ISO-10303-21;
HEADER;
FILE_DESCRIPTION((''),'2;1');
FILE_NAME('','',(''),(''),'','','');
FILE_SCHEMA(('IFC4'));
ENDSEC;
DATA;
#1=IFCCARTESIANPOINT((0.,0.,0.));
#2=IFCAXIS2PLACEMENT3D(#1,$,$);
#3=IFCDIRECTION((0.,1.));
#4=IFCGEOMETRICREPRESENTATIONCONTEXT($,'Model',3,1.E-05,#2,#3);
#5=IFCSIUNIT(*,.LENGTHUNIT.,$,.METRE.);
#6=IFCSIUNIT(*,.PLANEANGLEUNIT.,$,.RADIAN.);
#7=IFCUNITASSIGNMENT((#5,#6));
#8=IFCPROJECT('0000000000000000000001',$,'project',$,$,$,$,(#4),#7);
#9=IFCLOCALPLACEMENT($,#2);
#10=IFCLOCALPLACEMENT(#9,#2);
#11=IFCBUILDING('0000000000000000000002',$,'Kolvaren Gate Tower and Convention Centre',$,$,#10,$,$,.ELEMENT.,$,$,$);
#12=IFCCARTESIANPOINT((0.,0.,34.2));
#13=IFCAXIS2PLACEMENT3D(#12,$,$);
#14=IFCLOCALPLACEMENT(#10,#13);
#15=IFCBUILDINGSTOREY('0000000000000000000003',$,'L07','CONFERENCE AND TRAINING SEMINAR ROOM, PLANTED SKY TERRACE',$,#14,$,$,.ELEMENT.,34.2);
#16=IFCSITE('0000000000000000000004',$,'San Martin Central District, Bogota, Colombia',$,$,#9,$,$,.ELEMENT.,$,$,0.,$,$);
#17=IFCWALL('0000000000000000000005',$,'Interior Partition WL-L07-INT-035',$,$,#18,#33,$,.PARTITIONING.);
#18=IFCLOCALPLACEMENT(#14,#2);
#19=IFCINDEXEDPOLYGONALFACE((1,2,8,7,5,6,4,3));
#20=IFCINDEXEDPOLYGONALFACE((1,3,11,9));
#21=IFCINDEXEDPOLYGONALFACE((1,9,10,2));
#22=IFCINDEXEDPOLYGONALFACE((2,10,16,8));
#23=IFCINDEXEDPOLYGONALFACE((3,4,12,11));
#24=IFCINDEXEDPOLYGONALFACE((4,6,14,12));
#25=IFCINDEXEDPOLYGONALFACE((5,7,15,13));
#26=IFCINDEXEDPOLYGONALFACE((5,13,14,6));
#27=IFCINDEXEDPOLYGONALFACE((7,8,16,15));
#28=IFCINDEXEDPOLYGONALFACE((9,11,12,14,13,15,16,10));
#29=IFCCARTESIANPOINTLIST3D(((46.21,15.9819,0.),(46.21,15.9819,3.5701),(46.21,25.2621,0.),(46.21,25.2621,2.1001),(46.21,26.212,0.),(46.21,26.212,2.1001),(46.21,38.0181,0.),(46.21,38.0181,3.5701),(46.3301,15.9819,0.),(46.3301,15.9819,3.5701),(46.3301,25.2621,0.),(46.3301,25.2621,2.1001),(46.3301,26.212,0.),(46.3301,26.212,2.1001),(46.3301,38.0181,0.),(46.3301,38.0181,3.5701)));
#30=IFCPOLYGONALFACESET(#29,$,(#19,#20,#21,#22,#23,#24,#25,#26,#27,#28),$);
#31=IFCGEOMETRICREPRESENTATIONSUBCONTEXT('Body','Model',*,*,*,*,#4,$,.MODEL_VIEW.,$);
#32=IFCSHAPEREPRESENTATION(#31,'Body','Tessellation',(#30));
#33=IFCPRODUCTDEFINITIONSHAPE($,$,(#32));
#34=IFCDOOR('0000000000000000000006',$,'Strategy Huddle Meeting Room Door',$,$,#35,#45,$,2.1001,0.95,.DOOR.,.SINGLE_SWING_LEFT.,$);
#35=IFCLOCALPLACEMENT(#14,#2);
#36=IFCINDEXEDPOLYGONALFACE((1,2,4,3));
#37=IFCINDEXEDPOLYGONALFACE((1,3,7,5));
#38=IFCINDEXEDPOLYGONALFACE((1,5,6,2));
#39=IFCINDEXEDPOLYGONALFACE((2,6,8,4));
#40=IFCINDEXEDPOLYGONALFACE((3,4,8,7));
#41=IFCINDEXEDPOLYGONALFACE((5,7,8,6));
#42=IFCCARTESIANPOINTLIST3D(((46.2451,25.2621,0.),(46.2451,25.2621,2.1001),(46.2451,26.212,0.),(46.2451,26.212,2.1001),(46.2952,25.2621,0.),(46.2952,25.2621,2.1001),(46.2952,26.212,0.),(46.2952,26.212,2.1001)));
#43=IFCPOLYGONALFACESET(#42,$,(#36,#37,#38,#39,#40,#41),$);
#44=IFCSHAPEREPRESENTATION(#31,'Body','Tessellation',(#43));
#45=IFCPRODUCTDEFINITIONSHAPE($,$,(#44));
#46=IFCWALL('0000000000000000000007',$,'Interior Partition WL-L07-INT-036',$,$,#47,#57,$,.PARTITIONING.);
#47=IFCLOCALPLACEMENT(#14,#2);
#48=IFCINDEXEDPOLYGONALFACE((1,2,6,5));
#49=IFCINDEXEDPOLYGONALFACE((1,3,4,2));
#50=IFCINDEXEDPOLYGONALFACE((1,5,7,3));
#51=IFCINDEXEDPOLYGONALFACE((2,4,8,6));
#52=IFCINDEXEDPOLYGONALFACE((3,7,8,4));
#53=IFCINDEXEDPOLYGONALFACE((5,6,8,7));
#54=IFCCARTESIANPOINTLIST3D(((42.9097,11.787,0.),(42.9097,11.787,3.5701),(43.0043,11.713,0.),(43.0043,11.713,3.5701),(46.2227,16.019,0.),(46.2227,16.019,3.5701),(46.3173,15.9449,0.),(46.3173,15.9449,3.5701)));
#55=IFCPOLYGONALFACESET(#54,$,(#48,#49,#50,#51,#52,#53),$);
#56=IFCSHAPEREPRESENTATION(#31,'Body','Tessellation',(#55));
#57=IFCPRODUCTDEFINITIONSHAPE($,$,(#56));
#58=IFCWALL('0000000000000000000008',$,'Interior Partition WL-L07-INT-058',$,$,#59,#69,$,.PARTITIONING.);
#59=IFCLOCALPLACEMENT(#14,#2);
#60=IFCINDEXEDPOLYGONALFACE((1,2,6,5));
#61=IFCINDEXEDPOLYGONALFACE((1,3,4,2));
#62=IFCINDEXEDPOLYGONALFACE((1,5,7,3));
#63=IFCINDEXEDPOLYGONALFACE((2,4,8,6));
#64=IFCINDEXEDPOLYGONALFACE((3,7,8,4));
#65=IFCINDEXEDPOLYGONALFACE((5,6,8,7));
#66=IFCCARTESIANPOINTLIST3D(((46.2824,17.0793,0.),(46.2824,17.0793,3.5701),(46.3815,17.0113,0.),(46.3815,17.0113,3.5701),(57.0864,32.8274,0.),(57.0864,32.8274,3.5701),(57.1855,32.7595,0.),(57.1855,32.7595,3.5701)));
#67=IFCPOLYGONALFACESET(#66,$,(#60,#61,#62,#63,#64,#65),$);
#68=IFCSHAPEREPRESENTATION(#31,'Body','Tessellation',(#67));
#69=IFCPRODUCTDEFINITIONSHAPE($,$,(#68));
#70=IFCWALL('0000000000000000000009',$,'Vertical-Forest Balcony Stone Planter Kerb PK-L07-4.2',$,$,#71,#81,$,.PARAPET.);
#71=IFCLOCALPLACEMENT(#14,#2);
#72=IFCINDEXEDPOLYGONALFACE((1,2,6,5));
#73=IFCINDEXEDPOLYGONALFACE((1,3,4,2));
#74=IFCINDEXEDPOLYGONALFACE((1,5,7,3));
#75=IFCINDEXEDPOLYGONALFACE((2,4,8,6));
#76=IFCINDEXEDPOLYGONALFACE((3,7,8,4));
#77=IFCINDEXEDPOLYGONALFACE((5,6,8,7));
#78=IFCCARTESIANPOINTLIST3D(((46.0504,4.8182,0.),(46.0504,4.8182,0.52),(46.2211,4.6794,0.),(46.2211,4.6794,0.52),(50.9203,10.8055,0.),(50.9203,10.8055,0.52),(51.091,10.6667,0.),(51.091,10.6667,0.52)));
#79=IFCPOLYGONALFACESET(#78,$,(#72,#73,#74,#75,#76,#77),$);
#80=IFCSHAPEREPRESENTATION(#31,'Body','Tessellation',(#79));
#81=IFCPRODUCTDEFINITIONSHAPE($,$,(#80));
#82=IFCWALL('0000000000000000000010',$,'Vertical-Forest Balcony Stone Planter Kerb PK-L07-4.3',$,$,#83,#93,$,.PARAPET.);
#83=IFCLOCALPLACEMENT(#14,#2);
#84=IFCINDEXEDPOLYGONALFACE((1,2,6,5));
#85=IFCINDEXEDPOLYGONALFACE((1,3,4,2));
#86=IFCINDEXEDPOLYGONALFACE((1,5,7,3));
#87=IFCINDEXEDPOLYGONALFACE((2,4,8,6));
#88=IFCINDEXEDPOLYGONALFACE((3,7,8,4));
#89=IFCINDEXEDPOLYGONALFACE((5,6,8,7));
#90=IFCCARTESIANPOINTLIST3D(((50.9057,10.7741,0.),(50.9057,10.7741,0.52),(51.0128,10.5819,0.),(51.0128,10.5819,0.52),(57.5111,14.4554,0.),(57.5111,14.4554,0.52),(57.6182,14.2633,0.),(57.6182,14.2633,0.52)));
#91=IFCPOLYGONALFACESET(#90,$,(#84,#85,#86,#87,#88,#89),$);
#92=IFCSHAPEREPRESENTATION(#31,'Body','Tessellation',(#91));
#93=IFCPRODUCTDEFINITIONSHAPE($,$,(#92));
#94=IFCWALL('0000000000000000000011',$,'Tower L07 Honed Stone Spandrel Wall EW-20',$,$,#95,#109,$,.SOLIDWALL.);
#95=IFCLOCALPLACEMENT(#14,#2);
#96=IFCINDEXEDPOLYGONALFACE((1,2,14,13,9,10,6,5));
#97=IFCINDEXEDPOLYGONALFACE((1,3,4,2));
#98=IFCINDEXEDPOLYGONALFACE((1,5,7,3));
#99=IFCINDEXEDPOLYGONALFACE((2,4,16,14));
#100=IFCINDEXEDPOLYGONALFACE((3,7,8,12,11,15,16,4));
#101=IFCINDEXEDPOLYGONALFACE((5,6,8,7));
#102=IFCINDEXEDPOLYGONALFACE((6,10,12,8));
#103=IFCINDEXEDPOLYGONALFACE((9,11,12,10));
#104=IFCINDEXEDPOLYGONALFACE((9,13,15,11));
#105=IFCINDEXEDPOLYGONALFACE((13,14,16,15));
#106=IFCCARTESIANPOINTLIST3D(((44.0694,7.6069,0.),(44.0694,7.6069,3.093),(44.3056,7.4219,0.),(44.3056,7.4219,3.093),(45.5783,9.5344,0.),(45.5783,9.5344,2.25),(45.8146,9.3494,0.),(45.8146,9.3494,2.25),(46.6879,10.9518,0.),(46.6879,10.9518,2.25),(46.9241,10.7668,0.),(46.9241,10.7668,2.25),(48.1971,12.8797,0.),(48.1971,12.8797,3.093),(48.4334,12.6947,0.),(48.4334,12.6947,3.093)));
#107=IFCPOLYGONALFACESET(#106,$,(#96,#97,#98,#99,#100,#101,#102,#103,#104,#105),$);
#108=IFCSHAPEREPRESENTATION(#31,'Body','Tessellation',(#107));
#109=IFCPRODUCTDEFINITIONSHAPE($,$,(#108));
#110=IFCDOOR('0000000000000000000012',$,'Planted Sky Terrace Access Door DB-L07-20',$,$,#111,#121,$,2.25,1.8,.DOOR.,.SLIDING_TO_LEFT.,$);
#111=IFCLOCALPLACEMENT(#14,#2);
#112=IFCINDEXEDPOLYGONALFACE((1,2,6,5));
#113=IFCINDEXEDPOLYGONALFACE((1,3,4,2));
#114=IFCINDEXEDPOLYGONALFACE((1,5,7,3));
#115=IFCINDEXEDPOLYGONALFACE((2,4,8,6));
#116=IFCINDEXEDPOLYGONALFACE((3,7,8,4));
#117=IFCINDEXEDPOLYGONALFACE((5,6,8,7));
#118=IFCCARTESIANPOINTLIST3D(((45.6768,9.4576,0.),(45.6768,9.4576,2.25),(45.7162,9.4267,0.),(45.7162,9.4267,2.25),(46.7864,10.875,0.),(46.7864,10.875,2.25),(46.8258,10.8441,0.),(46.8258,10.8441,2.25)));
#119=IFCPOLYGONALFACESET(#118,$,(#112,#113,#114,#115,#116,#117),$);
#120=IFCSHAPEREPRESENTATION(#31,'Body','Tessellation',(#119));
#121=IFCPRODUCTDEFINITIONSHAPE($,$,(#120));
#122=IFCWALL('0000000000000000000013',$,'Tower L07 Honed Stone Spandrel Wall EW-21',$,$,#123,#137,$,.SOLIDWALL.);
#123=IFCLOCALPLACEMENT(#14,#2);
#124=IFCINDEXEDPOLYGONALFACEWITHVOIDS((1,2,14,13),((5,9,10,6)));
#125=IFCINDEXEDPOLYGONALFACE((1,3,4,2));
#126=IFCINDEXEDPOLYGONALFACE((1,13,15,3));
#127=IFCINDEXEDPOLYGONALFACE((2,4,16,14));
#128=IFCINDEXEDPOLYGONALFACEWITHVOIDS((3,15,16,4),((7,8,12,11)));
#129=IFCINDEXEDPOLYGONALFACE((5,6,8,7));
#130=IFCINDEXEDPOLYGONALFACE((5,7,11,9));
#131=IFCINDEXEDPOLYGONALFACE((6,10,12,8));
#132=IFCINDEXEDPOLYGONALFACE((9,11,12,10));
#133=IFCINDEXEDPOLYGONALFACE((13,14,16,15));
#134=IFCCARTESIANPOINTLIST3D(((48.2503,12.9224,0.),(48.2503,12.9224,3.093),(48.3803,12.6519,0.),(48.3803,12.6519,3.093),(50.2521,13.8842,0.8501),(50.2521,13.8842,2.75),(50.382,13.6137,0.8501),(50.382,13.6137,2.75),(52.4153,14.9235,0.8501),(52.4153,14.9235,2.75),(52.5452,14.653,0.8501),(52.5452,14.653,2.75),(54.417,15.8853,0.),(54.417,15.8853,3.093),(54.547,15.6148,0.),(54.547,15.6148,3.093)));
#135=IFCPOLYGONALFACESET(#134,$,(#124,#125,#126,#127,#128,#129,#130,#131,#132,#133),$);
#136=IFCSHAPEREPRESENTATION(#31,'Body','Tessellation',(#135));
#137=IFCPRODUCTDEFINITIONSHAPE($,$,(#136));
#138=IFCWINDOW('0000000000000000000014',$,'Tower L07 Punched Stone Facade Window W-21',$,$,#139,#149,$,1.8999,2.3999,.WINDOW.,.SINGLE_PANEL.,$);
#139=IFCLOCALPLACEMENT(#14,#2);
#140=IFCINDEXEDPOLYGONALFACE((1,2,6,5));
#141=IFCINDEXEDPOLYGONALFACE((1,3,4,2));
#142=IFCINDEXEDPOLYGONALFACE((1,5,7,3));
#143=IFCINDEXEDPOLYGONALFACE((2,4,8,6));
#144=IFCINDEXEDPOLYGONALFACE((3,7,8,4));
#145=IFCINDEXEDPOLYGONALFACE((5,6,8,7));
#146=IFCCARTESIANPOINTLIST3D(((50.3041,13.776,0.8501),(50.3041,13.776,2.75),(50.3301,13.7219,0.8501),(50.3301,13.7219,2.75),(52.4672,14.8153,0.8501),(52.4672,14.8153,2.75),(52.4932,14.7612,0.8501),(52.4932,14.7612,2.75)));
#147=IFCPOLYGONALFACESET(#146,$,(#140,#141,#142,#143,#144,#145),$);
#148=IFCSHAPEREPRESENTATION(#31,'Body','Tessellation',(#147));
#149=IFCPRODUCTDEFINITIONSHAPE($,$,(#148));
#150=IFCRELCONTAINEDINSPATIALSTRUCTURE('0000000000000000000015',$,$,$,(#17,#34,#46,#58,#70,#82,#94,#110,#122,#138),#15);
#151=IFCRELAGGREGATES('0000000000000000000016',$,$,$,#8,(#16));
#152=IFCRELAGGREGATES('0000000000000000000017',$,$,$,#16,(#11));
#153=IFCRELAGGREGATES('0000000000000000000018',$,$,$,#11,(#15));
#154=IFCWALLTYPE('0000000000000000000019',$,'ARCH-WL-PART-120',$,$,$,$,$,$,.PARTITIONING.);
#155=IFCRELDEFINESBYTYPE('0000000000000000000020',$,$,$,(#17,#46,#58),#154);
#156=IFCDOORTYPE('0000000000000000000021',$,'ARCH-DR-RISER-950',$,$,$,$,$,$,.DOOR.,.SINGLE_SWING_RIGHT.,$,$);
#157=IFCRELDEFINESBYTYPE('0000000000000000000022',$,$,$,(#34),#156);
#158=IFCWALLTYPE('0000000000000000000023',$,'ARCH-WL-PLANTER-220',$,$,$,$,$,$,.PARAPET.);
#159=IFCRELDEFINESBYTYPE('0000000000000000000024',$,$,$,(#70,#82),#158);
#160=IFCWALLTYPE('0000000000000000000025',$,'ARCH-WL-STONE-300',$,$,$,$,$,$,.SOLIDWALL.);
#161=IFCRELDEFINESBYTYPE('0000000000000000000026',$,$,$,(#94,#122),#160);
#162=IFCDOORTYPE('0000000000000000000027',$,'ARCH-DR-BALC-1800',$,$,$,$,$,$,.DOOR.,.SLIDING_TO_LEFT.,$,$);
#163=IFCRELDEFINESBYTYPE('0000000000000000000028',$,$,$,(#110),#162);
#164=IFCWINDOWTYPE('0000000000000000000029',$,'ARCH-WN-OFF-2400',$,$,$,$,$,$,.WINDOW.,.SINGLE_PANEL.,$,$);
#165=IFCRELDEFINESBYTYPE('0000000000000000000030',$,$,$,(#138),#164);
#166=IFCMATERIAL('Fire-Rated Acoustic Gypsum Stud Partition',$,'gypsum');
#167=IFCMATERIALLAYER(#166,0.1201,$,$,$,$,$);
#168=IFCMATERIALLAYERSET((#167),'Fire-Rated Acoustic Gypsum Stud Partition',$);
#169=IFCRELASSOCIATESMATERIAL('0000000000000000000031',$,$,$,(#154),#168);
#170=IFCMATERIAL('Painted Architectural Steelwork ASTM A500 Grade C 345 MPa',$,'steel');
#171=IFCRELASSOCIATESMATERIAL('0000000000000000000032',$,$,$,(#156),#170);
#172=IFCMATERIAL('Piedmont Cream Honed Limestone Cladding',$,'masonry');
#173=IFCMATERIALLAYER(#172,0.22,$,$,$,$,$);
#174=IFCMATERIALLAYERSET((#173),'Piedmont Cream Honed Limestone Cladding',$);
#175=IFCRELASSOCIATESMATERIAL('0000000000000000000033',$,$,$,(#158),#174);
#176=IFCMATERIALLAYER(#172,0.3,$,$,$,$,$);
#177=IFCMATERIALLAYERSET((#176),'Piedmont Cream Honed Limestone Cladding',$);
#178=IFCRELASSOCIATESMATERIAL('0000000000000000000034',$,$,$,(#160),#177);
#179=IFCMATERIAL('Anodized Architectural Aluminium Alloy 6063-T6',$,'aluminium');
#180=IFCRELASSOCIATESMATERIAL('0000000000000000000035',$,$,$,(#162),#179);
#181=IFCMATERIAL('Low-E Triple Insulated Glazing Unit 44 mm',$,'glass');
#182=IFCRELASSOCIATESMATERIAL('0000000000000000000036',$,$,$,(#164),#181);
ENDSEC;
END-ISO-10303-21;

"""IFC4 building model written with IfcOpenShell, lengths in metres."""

from ifc_helpers import new_model, si_unit, direction, frame, frame_2d, origin, place, context, subcontext, project, spatial, rectangle, extrude, material, layer, layer_set, type_object, element, fill, save


model = new_model("IFC4")

# Units and contexts
model_context = context("Model", 3, precision=1e-05, world=origin(), true_north=direction((0.0, 1.0)))
body_context = subcontext(model_context, "Body", "Model", "MODEL_VIEW")
ifc_project = project(units=[si_unit("LENGTHUNIT", "METRE"), si_unit("PLANEANGLEUNIT", "RADIAN")], contexts=[model_context])

# Site, building, storey
site_placement = place(None, origin())
site = spatial("IfcSite", under=ifc_project, at=site_placement, Name="San Martin Central District, Bogota, Colombia", CompositionType="ELEMENT", RefElevation=0.0)
building_placement = place(site_placement, origin())
building = spatial("IfcBuilding", under=site, at=building_placement, Name="Kolvaren Gate Tower and Convention Centre", CompositionType="ELEMENT")
storey_placement = place(building_placement, frame((0.0, 0.0, 34.2)))
storey = spatial("IfcBuildingStorey", under=building, at=storey_placement, Name="L07", Description="CONFERENCE AND TRAINING SEMINAR ROOM, PLANTED SKY TERRACE", CompositionType="ELEMENT", Elevation=34.2)

# Wall, opening, door
ifc_material_1 = material(Name="Fire-Rated Acoustic Gypsum Stud Partition", Category="gypsum")
ifc_layer_1 = layer(ifc_material_1, 0.1201)
ifc_layer_set_1 = layer_set([ifc_layer_1], Name="Fire-Rated Acoustic Gypsum Stud Partition")
wall_type_1 = type_object("IfcWallType", Name="ARCH-WL-PART-120", PredefinedType="PARTITIONING", material=ifc_layer_set_1)
ifc_material_2 = material(Name="Painted Architectural Steelwork ASTM A500 Grade C 345 MPa", Category="steel")
door_type_1 = type_object("IfcDoorType", Name="ARCH-DR-RISER-950", OperationType="SINGLE_SWING_RIGHT", PredefinedType="DOOR", material=ifc_material_2)
wall_1_placement = place(storey_placement, frame((46.27, 15.9819, 0.0), z_axis=(0.0, 0.0, 1.0), x_axis=(0.0, 1.0, 0.0)))
wall_1 = element("IfcWall", 1, at=wall_1_placement, inside=storey, type_object=wall_type_1, Name="Interior Partition WL-L07-INT-035", PredefinedType="PARTITIONING", context=body_context, shape_type="SweptSolid", body=[
    extrude(rectangle(XDim=22.0361, YDim=0.1201, at=frame_2d((11.0181, 0.0))), origin(), (0.0, 0.0, 1.0), 3.5701),
])
opening_1_placement = place(wall_1_placement, frame((9.28, 0.0, 0.0)))
opening_1 = element("IfcOpeningElement", 2, at=opening_1_placement, cuts=wall_1, PredefinedType="OPENING", context=body_context, shape_type="SweptSolid", body=[
    extrude(rectangle(XDim=0.95, YDim=2.1001, at=frame_2d((0.4751, 1.05))), frame((0.0, 0.0701, 0.0), z_axis=(0.0, -1.0, 0.0), x_axis=(1.0, 0.0, 0.0)), (0.0, 0.0, 1.0), 0.1401),
])
door_1_placement = place(opening_1_placement, origin())
door_1 = element("IfcDoor", 3, at=door_1_placement, inside=storey, type_object=door_type_1, Name="Strategy Huddle Meeting Room Door", OperationType="SINGLE_SWING_LEFT", OverallHeight=2.1001, OverallWidth=0.95, PredefinedType="DOOR", context=body_context, shape_type="SweptSolid", body=[
    extrude(rectangle(XDim=0.95, YDim=2.1001, at=frame_2d((0.4751, 1.05))), frame((0.0, 0.0249, 0.0), z_axis=(0.0, -1.0, 0.0), x_axis=(1.0, 0.0, 0.0)), (0.0, 0.0, 1.0), 0.05),
])
fill(opening_1, door_1)

# Walls
wall_2_placement = place(storey_placement, frame((42.957, 11.75, 0.0), z_axis=(0.0, 0.0, 1.0), x_axis=(0.616428, 0.787411, 0.0)))
element("IfcWall", 4, at=wall_2_placement, inside=storey, type_object=wall_type_1, Name="Interior Partition WL-L07-INT-036", PredefinedType="PARTITIONING", context=body_context, shape_type="SweptSolid", body=[
    extrude(rectangle(XDim=5.3745, YDim=0.1201, at=frame_2d((2.6873, 0.0))), origin(), (0.0, 0.0, 1.0), 3.5701),
])
wall_3_placement = place(storey_placement, frame((46.332, 17.0454, 0.0), z_axis=(0.0, 0.0, 1.0), x_axis=(0.565717, 0.8246, 0.0)))
element("IfcWall", 5, at=wall_3_placement, inside=storey, type_object=wall_type_1, Name="Interior Partition WL-L07-INT-058", PredefinedType="PARTITIONING", context=body_context, shape_type="SweptSolid", body=[
    extrude(rectangle(XDim=19.0979, YDim=0.1201, at=frame_2d((9.5488, 0.0))), origin(), (0.0, 0.0, 1.0), 3.5701),
])
ifc_material_3 = material(Name="Piedmont Cream Honed Limestone Cladding", Category="masonry")
ifc_layer_2 = layer(ifc_material_3, 0.22)
ifc_layer_set_2 = layer_set([ifc_layer_2], Name="Piedmont Cream Honed Limestone Cladding")
wall_type_2 = type_object("IfcWallType", Name="ARCH-WL-PLANTER-220", PredefinedType="PARAPET", material=ifc_layer_set_2)
wall_4_placement = place(storey_placement, frame((46.1357, 4.7488, 0.0), z_axis=(0.0, 0.0, 1.0), x_axis=(0.630997, 0.775785, 0.0)))
element("IfcWall", 6, at=wall_4_placement, inside=storey, type_object=wall_type_2, Name="Vertical-Forest Balcony Stone Planter Kerb PK-L07-4.2", PredefinedType="PARAPET", context=body_context, shape_type="SweptSolid", body=[
    extrude(rectangle(XDim=7.7178, YDim=0.22, at=frame_2d((3.8589, 0.0))), origin(), (0.0, 0.0, 1.0), 0.52),
])
wall_5_placement = place(storey_placement, frame((50.9592, 10.678, 0.0), z_axis=(0.0, 0.0, 1.0), x_axis=(0.8735, 0.486824, 0.0)))
element("IfcWall", 7, at=wall_5_placement, inside=storey, type_object=wall_type_2, Name="Vertical-Forest Balcony Stone Planter Kerb PK-L07-4.3", PredefinedType="PARAPET", context=body_context, shape_type="SweptSolid", body=[
    extrude(rectangle(XDim=7.562, YDim=0.22, at=frame_2d((3.781, 0.0))), origin(), (0.0, 0.0, 1.0), 0.52),
])

# Wall, opening, door
ifc_layer_3 = layer(ifc_material_3, 0.3)
ifc_layer_set_3 = layer_set([ifc_layer_3], Name="Piedmont Cream Honed Limestone Cladding")
wall_type_3 = type_object("IfcWallType", Name="ARCH-WL-STONE-300", PredefinedType="SOLIDWALL", material=ifc_layer_set_3)
wall_6_placement = place(storey_placement, frame((44.1875, 7.5144, 0.0), z_axis=(0.0, 0.0, 1.0), x_axis=(0.616421, 0.787417, 0.0)))
wall_6 = element("IfcWall", 8, at=wall_6_placement, inside=storey, type_object=wall_type_3, Name="Tower L07 Honed Stone Spandrel Wall EW-20", PredefinedType="SOLIDWALL", context=body_context, shape_type="SweptSolid", body=[
    extrude(rectangle(XDim=6.6963, YDim=0.3, at=frame_2d((3.3481, 0.0))), origin(), (0.0, 0.0, 1.0), 3.093),
])
opening_2_placement = place(wall_6_placement, frame((2.448, 0.0, 0.0)))
opening_2 = element("IfcOpeningElement", 9, at=opening_2_placement, cuts=wall_6, PredefinedType="OPENING", context=body_context, shape_type="SweptSolid", body=[
    extrude(rectangle(XDim=1.8, YDim=2.25, at=frame_2d((0.8999, 1.125))), frame((0.0, 0.1599, 0.0), z_axis=(0.0, -1.0, 0.0), x_axis=(1.0, 0.0, 0.0)), (0.0, 0.0, 1.0), 0.3201),
])
ifc_material_4 = material(Name="Anodized Architectural Aluminium Alloy 6063-T6", Category="aluminium")
door_type_2 = type_object("IfcDoorType", Name="ARCH-DR-BALC-1800", OperationType="SLIDING_TO_LEFT", PredefinedType="DOOR", material=ifc_material_4)
door_2_placement = place(opening_2_placement, frame((1.8, 0.0, 0.0), z_axis=(0.0, 0.0, 1.0), x_axis=(-1.0, 0.0, 0.0)))
door_2 = element("IfcDoor", 10, at=door_2_placement, inside=storey, type_object=door_type_2, Name="Planted Sky Terrace Access Door DB-L07-20", OperationType="SLIDING_TO_LEFT", OverallHeight=2.25, OverallWidth=1.8, PredefinedType="DOOR", context=body_context, shape_type="SweptSolid", body=[
    extrude(rectangle(XDim=1.8, YDim=2.25, at=frame_2d((0.8999, 1.125))), frame((0.0, 0.0249, 0.0), z_axis=(0.0, -1.0, 0.0), x_axis=(1.0, 0.0, 0.0)), (0.0, 0.0, 1.0), 0.05),
])
fill(opening_2, door_2)

# Wall, opening, window
wall_7_placement = place(storey_placement, frame((48.3152, 12.7871, 0.0), z_axis=(0.0, 0.0, 1.0), x_axis=(0.90136, 0.43307, 0.0)))
wall_7 = element("IfcWall", 11, at=wall_7_placement, inside=storey, type_object=wall_type_3, Name="Tower L07 Honed Stone Spandrel Wall EW-21", PredefinedType="SOLIDWALL", context=body_context, shape_type="SweptSolid", body=[
    extrude(rectangle(XDim=6.8416, YDim=0.3, at=frame_2d((3.4209, 0.0))), origin(), (0.0, 0.0, 1.0), 3.093),
])
opening_3_placement = place(wall_7_placement, frame((2.2209, 0.0, 0.8501)))
opening_3 = element("IfcOpeningElement", 12, at=opening_3_placement, cuts=wall_7, PredefinedType="OPENING", context=body_context, shape_type="SweptSolid", body=[
    extrude(rectangle(XDim=2.3999, YDim=1.8999, at=frame_2d((1.2, 0.95))), frame((0.0, 0.1599, 0.0), z_axis=(0.0, -1.0, 0.0), x_axis=(1.0, 0.0, 0.0)), (0.0, 0.0, 1.0), 0.3201),
])
ifc_material_5 = material(Name="Low-E Triple Insulated Glazing Unit 44 mm", Category="glass")
window_type = type_object("IfcWindowType", Name="ARCH-WN-OFF-2400", PartitioningType="SINGLE_PANEL", PredefinedType="WINDOW", material=ifc_material_5)
window_1_placement = place(opening_3_placement, origin())
window_1 = element("IfcWindow", 13, at=window_1_placement, inside=storey, type_object=window_type, Name="Tower L07 Punched Stone Facade Window W-21", OverallHeight=1.8999, OverallWidth=2.3999, PartitioningType="SINGLE_PANEL", PredefinedType="WINDOW", context=body_context, shape_type="SweptSolid", body=[
    extrude(rectangle(XDim=2.3999, YDim=1.8999, at=frame_2d((1.2, 0.95))), frame((0.0, 0.03, 0.0), z_axis=(0.0, -1.0, 0.0), x_axis=(1.0, 0.0, 0.0)), (0.0, 0.0, 1.0), 0.0601),
])
fill(opening_3, window_1)

save(model, "model.ifc")
